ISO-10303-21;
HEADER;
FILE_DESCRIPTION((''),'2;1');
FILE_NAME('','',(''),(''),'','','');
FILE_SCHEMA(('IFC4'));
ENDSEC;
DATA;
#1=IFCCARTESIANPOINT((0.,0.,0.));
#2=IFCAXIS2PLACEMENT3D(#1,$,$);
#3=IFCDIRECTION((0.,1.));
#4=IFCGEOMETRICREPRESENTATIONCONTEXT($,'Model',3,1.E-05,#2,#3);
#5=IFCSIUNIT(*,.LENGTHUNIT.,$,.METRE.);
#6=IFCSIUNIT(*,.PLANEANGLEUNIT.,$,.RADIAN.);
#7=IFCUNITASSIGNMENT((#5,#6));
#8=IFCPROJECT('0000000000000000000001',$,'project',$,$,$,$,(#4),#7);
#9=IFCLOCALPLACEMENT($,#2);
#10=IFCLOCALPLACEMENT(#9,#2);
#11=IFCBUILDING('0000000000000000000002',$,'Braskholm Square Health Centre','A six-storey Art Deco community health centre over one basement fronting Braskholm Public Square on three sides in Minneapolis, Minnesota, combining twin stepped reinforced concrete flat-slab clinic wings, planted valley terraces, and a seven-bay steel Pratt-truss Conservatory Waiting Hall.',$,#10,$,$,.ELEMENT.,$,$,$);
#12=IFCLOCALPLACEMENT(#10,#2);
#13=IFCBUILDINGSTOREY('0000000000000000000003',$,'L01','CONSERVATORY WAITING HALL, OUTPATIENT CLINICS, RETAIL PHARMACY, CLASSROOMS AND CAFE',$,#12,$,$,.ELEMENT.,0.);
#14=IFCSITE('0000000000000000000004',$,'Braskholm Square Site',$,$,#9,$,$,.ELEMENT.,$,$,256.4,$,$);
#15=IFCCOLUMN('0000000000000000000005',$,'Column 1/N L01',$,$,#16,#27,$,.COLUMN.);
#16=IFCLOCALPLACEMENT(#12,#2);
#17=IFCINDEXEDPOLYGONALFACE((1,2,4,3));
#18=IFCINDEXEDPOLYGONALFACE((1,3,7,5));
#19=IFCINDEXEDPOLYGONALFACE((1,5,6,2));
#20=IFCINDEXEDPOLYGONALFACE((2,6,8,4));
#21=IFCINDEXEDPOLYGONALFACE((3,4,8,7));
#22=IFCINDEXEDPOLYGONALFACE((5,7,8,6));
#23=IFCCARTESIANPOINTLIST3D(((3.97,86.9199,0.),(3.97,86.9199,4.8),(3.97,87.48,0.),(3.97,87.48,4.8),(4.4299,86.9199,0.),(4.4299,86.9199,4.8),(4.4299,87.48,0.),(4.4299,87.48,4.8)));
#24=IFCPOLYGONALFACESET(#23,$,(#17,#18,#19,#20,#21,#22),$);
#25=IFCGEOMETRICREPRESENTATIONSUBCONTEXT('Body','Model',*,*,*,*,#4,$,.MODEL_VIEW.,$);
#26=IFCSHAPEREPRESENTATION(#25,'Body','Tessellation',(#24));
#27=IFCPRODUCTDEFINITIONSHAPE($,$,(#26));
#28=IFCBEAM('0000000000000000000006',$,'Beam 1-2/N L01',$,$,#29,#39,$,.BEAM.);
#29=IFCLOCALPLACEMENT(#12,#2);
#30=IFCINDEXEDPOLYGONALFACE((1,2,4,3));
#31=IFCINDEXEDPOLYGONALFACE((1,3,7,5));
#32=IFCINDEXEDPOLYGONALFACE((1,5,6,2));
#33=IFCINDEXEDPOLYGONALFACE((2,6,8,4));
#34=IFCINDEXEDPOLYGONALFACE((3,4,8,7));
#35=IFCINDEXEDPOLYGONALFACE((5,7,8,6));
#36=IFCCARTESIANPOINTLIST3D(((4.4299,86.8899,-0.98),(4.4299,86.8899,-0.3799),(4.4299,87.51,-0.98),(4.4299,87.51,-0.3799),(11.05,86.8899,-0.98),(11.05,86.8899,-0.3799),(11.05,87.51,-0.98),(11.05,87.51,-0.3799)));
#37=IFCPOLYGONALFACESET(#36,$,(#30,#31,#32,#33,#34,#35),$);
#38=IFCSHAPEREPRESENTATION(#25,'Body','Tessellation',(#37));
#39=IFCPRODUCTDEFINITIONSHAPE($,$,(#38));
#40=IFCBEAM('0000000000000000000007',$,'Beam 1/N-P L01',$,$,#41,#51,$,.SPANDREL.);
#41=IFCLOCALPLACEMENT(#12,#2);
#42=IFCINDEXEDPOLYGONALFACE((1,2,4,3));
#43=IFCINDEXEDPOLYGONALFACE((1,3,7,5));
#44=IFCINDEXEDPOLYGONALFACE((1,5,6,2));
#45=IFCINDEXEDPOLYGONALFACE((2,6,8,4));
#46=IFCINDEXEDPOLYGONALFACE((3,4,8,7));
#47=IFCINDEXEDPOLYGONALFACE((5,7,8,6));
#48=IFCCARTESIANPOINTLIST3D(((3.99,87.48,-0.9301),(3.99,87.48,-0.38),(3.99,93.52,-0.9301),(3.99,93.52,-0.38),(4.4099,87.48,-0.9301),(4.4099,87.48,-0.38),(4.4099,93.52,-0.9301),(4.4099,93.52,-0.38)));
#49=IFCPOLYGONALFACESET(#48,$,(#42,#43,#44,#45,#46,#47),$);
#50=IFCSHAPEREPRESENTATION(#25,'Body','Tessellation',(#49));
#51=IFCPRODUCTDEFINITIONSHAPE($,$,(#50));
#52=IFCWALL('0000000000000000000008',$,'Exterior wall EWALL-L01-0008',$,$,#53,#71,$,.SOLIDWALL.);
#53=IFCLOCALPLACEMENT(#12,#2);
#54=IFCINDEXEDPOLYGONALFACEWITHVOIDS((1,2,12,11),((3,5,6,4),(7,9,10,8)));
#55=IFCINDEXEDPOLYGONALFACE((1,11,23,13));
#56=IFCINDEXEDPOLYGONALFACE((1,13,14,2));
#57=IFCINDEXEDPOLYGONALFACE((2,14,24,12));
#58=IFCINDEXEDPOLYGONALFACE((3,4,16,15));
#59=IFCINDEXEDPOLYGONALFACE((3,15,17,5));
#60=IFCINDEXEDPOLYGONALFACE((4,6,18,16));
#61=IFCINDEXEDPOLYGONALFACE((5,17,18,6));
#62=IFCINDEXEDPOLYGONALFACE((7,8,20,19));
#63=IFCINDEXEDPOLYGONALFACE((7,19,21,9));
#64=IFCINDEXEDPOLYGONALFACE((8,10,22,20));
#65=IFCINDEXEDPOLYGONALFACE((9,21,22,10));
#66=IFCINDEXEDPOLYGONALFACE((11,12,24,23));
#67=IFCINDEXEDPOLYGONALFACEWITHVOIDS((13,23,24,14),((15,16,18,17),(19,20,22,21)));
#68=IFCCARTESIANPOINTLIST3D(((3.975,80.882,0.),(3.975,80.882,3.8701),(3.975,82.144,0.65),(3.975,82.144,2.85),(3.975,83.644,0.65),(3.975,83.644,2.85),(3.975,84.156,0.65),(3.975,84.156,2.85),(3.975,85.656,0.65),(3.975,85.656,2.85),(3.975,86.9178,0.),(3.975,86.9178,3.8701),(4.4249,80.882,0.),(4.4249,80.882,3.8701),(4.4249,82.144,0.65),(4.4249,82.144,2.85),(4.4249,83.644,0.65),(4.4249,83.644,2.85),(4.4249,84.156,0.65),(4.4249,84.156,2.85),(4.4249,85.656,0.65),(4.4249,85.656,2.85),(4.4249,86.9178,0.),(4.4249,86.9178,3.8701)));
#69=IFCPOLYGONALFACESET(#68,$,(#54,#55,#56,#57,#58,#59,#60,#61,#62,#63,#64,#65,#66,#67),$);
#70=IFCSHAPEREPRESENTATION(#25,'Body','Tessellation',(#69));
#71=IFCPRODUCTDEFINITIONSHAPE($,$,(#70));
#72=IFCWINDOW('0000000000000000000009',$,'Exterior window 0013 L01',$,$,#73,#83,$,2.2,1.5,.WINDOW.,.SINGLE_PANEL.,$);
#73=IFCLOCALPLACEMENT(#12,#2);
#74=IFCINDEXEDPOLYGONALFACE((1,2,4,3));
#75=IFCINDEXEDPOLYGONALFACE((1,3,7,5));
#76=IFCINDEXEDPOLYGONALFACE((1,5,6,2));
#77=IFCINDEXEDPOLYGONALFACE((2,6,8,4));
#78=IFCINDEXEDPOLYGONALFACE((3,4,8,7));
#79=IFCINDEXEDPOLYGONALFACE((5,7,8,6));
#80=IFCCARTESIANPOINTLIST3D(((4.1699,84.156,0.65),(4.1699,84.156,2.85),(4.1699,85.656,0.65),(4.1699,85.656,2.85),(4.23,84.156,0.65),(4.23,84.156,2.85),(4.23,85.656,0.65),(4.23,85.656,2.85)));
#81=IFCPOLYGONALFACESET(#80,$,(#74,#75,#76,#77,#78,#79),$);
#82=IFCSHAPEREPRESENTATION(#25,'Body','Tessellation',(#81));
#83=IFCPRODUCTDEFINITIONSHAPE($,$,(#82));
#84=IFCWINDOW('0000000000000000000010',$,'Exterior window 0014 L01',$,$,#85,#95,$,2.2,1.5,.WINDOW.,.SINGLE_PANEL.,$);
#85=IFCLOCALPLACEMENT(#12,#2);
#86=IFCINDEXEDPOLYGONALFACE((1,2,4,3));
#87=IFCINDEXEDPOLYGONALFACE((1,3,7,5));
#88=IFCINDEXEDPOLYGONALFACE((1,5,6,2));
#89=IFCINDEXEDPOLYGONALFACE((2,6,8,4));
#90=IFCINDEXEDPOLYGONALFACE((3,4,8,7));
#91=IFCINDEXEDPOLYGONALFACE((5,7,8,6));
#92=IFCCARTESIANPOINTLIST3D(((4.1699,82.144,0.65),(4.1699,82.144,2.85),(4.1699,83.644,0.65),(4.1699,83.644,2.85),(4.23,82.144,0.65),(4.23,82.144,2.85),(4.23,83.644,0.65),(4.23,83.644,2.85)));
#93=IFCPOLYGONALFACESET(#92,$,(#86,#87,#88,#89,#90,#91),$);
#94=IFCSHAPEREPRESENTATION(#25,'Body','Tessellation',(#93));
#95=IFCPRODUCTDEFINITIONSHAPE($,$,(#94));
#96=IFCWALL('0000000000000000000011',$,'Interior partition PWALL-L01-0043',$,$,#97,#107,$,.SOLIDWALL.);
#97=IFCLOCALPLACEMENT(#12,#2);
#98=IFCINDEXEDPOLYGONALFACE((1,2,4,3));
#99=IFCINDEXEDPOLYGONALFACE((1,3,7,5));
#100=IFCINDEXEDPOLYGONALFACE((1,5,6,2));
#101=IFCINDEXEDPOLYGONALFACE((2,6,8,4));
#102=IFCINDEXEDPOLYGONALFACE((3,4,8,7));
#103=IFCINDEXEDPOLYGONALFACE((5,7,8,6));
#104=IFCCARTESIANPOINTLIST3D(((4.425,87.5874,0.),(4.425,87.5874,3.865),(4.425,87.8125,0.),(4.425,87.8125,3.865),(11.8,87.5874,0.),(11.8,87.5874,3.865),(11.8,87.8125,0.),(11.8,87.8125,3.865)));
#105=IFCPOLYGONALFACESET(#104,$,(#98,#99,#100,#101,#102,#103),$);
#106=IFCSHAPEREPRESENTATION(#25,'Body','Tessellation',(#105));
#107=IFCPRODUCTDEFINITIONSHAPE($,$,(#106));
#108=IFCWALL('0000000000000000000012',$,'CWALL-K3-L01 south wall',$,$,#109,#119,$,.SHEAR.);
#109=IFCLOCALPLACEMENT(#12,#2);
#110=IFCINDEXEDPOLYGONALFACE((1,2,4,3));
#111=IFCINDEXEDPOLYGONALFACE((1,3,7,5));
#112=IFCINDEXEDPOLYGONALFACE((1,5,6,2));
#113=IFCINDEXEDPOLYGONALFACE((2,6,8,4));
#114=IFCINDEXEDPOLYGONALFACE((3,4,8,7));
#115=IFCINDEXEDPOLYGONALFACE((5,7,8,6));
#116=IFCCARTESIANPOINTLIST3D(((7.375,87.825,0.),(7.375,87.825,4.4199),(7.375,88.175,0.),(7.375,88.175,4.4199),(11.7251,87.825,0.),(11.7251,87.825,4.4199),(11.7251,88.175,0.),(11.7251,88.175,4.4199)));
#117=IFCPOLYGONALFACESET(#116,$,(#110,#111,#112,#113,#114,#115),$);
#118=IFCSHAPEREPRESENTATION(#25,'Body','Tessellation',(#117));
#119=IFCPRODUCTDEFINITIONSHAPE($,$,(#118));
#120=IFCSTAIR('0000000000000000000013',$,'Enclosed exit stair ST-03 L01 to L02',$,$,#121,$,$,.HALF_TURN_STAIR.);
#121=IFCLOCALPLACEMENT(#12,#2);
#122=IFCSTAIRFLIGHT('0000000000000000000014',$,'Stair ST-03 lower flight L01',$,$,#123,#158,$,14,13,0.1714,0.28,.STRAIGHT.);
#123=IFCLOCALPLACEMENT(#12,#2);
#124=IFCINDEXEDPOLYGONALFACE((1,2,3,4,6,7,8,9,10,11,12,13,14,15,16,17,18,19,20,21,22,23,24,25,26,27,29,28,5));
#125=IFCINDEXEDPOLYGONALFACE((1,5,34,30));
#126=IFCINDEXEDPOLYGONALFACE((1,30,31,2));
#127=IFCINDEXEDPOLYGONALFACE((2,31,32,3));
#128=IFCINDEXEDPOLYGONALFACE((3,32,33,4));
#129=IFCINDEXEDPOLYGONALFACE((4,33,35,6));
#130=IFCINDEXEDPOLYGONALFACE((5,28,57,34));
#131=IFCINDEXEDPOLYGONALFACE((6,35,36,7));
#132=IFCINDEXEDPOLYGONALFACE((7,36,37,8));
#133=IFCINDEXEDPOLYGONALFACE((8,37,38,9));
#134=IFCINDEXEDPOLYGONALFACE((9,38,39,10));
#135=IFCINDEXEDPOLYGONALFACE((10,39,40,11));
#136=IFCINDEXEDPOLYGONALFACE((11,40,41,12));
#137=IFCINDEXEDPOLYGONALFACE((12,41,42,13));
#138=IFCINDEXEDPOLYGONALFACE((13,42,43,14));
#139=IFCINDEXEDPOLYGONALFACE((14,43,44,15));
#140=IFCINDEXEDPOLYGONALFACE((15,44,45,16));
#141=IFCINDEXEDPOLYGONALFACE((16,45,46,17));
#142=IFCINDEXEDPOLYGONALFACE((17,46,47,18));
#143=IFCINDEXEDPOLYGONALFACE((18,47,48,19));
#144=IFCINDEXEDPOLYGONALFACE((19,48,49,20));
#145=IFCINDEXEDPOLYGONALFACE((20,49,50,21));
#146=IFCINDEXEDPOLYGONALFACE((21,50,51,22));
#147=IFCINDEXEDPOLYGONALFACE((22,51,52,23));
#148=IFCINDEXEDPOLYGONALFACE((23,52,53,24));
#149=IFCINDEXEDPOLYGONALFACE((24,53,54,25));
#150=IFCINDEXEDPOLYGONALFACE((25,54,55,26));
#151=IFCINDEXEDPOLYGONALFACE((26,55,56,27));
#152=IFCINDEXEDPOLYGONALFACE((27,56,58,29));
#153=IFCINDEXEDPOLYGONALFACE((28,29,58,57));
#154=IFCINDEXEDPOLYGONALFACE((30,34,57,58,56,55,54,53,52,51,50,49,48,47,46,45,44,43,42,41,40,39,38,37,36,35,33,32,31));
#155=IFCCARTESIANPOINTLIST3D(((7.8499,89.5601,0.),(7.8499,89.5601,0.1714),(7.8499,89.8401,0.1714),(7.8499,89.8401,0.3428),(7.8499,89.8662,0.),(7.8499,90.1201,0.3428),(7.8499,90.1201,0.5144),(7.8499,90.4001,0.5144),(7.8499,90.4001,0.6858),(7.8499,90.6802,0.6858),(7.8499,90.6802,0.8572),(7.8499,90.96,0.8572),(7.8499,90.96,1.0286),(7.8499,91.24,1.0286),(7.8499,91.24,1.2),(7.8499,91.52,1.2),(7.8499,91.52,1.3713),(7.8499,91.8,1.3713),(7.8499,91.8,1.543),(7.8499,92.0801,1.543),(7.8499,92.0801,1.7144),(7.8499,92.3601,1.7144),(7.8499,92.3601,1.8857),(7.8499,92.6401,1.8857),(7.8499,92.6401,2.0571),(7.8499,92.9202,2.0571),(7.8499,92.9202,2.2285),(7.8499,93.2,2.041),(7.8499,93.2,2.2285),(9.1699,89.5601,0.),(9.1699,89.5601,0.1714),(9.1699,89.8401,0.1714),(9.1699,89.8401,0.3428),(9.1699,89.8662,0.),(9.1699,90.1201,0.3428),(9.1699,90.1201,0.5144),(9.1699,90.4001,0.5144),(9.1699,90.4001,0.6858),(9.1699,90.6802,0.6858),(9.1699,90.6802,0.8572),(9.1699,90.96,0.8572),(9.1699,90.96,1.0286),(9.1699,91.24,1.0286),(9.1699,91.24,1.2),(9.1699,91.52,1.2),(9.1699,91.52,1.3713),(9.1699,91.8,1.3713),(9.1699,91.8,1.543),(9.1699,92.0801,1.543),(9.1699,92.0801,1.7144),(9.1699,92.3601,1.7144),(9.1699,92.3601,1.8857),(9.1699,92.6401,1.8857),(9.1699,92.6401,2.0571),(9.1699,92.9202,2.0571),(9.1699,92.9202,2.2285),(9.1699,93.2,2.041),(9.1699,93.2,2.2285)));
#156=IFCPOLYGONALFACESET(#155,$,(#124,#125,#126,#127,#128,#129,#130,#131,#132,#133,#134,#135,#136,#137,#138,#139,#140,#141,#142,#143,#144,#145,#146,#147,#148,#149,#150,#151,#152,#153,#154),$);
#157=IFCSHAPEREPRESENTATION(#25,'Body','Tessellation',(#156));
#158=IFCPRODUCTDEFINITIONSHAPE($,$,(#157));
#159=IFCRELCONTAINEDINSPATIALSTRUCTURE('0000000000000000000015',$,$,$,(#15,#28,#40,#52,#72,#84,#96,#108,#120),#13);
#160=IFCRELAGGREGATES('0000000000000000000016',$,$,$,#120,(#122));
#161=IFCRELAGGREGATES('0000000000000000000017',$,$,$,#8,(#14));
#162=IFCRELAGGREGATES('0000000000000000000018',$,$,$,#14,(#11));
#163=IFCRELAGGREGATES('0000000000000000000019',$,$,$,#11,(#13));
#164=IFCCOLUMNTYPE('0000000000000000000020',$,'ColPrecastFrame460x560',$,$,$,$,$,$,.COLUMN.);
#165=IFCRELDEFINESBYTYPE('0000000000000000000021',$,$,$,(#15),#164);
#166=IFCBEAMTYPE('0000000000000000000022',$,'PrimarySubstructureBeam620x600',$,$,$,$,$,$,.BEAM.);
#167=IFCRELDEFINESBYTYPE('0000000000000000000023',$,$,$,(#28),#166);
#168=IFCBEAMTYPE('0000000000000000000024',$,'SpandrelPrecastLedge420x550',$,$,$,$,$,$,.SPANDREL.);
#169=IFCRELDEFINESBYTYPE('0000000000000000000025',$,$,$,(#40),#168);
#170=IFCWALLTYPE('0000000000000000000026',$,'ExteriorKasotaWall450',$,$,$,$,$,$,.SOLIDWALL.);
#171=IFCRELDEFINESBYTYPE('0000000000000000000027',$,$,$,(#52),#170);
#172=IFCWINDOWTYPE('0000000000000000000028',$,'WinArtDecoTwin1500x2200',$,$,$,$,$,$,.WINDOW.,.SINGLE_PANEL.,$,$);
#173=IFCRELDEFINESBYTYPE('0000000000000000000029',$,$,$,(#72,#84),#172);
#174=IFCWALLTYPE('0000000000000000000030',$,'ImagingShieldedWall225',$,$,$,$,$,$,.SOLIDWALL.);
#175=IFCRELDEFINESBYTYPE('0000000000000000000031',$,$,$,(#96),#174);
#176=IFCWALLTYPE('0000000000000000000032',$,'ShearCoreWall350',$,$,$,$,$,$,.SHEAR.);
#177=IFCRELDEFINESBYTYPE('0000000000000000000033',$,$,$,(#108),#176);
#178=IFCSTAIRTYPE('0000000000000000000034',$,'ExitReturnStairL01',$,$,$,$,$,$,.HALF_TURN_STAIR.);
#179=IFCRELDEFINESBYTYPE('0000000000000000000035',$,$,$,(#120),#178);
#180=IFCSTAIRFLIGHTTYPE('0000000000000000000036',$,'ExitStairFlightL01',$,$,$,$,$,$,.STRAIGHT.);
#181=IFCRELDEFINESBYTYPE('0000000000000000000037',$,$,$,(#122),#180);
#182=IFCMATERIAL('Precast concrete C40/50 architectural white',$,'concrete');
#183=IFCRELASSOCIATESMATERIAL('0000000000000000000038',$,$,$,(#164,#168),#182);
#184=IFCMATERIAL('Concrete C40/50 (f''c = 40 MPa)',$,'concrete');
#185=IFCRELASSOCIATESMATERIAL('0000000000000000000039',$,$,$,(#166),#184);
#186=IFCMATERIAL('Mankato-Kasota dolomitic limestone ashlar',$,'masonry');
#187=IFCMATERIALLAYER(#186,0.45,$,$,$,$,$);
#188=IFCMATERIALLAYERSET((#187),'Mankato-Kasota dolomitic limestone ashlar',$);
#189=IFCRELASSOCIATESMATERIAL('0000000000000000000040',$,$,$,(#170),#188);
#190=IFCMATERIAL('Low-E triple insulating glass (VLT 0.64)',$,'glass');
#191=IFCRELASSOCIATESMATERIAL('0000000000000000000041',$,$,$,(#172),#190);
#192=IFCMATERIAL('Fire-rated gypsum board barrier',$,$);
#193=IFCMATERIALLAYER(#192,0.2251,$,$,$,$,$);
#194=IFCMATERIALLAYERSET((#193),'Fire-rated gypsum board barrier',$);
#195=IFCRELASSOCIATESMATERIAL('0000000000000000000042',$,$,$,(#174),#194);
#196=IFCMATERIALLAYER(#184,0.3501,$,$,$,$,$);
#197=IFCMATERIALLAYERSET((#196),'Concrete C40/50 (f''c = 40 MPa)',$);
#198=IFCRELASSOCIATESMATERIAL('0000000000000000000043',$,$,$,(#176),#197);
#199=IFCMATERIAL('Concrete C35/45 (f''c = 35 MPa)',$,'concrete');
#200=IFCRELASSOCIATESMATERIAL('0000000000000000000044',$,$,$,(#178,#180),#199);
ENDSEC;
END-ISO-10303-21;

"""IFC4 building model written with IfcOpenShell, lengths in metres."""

from ifc_helpers import new_model, si_unit, direction, frame, frame_2d, origin, origin_with_axes, origin_2d, place, context, subcontext, project, spatial, polyline, rectangle, outline, extrude, material, layer, layer_set, material_profile, profile_set, type_object, element, fill, aggregate, save


model = new_model("IFC4")

# Units and contexts
model_context = context("Model", 3, precision=1e-05, world=origin(), true_north=direction((0.0, 1.0)))
body_context = subcontext(model_context, "Body", "Model", "MODEL_VIEW")
ifc_project = project(units=[si_unit("LENGTHUNIT", "METRE"), si_unit("PLANEANGLEUNIT", "RADIAN")], contexts=[model_context])

# Site, building, storey
site_placement = place(None, origin())
site = spatial("IfcSite", under=ifc_project, at=site_placement, Name="Braskholm Square Site", CompositionType="ELEMENT", RefElevation=256.4)
building_placement = place(site_placement, origin())
building = spatial("IfcBuilding", under=site, at=building_placement, Name="Braskholm Square Health Centre", Description="A six-storey Art Deco community health centre over one basement fronting Braskholm Public Square on three sides in Minneapolis, Minnesota, combining twin stepped reinforced concrete flat-slab clinic wings, planted valley terraces, and a seven-bay steel Pratt-truss Conservatory Waiting Hall.", CompositionType="ELEMENT")
storey_placement = place(building_placement, origin())
storey = spatial("IfcBuildingStorey", under=building, at=storey_placement, Name="L01", Description="CONSERVATORY WAITING HALL, OUTPATIENT CLINICS, RETAIL PHARMACY, CLASSROOMS AND CAFE", CompositionType="ELEMENT", Elevation=0.0)

# Column
ifc_material_1 = material(Name="Precast concrete C40/50 architectural white", Category="concrete")
ifc_material_profile_1 = material_profile(ifc_material_1, rectangle(XDim=0.46, YDim=0.5601, at=origin_2d()), Name="RC-460X560")
ifc_profile_set_1 = profile_set([ifc_material_profile_1], Name="Precast concrete C40/50 architectural white")
column_type = type_object("IfcColumnType", Name="ColPrecastFrame460x560", PredefinedType="COLUMN", material=ifc_profile_set_1)
column_placement = place(storey_placement, frame((4.2, 87.2, 0.0), z_axis=(0.0, 0.0, 1.0), x_axis=(1.0, 0.0, 0.0)))
element("IfcColumn", 1, at=column_placement, inside=storey, type_object=column_type, Name="Column 1/N L01", PredefinedType="COLUMN", context=body_context, shape_type="SweptSolid", body=[
    extrude(rectangle(XDim=0.46, YDim=0.5601, at=origin_2d()), origin(), (0.0, 0.0, 1.0), 4.8),
])

# Beams
ifc_material_2 = material(Name="Concrete C40/50 (f'c = 40 MPa)", Category="concrete")
ifc_material_profile_2 = material_profile(ifc_material_2, rectangle(XDim=0.6201, YDim=0.6001, at=origin_2d()), Name="RCB-620X600")
ifc_profile_set_2 = profile_set([ifc_material_profile_2], Name="Concrete C40/50 (f'c = 40 MPa)")
beam_type_1 = type_object("IfcBeamType", Name="PrimarySubstructureBeam620x600", PredefinedType="BEAM", material=ifc_profile_set_2)
beam_1_placement = place(storey_placement, frame((4.4299, 87.2, -0.6799), z_axis=(1.0, 0.0, 0.0), x_axis=(0.0, 1.0, 0.0)))
element("IfcBeam", 2, at=beam_1_placement, inside=storey, type_object=beam_type_1, Name="Beam 1-2/N L01", PredefinedType="BEAM", context=body_context, shape_type="SweptSolid", body=[
    extrude(rectangle(XDim=0.6201, YDim=0.6001, at=origin_2d()), origin(), (0.0, 0.0, 1.0), 6.6201),
])
ifc_material_profile_3 = material_profile(ifc_material_1, rectangle(XDim=0.4199, YDim=0.55, at=origin_2d()), Name="RCB-420X550")
ifc_profile_set_3 = profile_set([ifc_material_profile_3], Name="Precast concrete C40/50 architectural white")
beam_type_2 = type_object("IfcBeamType", Name="SpandrelPrecastLedge420x550", PredefinedType="SPANDREL", material=ifc_profile_set_3)
beam_2_placement = place(storey_placement, frame((4.2, 87.48, -0.655), z_axis=(0.0, 1.0, 0.0), x_axis=(-1.0, 0.0, 0.0)))
element("IfcBeam", 3, at=beam_2_placement, inside=storey, type_object=beam_type_2, Name="Beam 1/N-P L01", PredefinedType="SPANDREL", context=body_context, shape_type="SweptSolid", body=[
    extrude(rectangle(XDim=0.4199, YDim=0.55, at=origin_2d()), origin(), (0.0, 0.0, 1.0), 6.04),
])

# Wall, openings, windows
ifc_material_3 = material(Name="Mankato-Kasota dolomitic limestone ashlar", Category="masonry")
ifc_layer_1 = layer(ifc_material_3, 0.45)
ifc_layer_set_1 = layer_set([ifc_layer_1], Name="Mankato-Kasota dolomitic limestone ashlar")
wall_type_1 = type_object("IfcWallType", Name="ExteriorKasotaWall450", PredefinedType="SOLIDWALL", material=ifc_layer_set_1)
wall_1_placement = place(storey_placement, frame((4.2, 86.918, 0.0), z_axis=(0.0, 0.0, 1.0), x_axis=(0.0, -1.0, 0.0)))
wall_1 = element("IfcWall", 4, at=wall_1_placement, inside=storey, type_object=wall_type_1, Name="Exterior wall EWALL-L01-0008", PredefinedType="SOLIDWALL", context=body_context, shape_type="SweptSolid", body=[
    extrude(rectangle(XDim=6.0359, YDim=0.45, at=frame_2d((3.0181, 0.0))), origin(), (0.0, 0.0, 1.0), 3.8701),
])
opening_1_placement = place(wall_1_placement, frame((1.262, 0.0, 0.6499)))
opening_1 = element("IfcOpeningElement", 5, at=opening_1_placement, cuts=wall_1, PredefinedType="OPENING", context=body_context, shape_type="SweptSolid", body=[
    extrude(rectangle(XDim=1.5, YDim=2.2, at=frame_2d((0.75, 1.1001))), frame((0.0, 0.2349, 0.0), z_axis=(0.0, -1.0, 0.0), x_axis=(1.0, 0.0, 0.0)), (0.0, 0.0, 1.0), 0.47),
])
opening_2_placement = place(wall_1_placement, frame((3.2739, 0.0, 0.6499)))
opening_2 = element("IfcOpeningElement", 6, at=opening_2_placement, cuts=wall_1, PredefinedType="OPENING", context=body_context, shape_type="SweptSolid", body=[
    extrude(rectangle(XDim=1.5, YDim=2.2, at=frame_2d((0.75, 1.1001))), frame((0.0, 0.2349, 0.0), z_axis=(0.0, -1.0, 0.0), x_axis=(1.0, 0.0, 0.0)), (0.0, 0.0, 1.0), 0.47),
])
ifc_material_4 = material(Name="Low-E triple insulating glass (VLT 0.64)", Category="glass")
window_type = type_object("IfcWindowType", Name="WinArtDecoTwin1500x2200", PartitioningType="SINGLE_PANEL", PredefinedType="WINDOW", material=ifc_material_4)
window_1_placement = place(opening_1_placement, origin_with_axes())
window_1 = element("IfcWindow", 7, at=window_1_placement, inside=storey, type_object=window_type, Name="Exterior window 0013 L01", OverallHeight=2.2, OverallWidth=1.5, PartitioningType="SINGLE_PANEL", PredefinedType="WINDOW", context=body_context, shape_type="SweptSolid", body=[
    extrude(rectangle(XDim=1.5, YDim=2.2, at=frame_2d((0.75, 1.1001))), frame((0.0, 0.03, 0.0), z_axis=(0.0, -1.0, 0.0), x_axis=(1.0, 0.0, 0.0)), (0.0, 0.0, 1.0), 0.0601),
])
fill(opening_1, window_1)
window_2_placement = place(opening_2_placement, origin_with_axes())
window_2 = element("IfcWindow", 8, at=window_2_placement, inside=storey, type_object=window_type, Name="Exterior window 0014 L01", OverallHeight=2.2, OverallWidth=1.5, PartitioningType="SINGLE_PANEL", PredefinedType="WINDOW", context=body_context, shape_type="SweptSolid", body=[
    extrude(rectangle(XDim=1.5, YDim=2.2, at=frame_2d((0.75, 1.1001))), frame((0.0, 0.03, 0.0), z_axis=(0.0, -1.0, 0.0), x_axis=(1.0, 0.0, 0.0)), (0.0, 0.0, 1.0), 0.0601),
])
fill(opening_2, window_2)

# Walls
ifc_material_5 = material(Name="Concrete C35/45 (f'c = 35 MPa)", Category="concrete")
ifc_material_6 = material(Name="Fire-rated gypsum board barrier")
ifc_layer_2 = layer(ifc_material_6, 0.2251)
ifc_layer_set_2 = layer_set([ifc_layer_2], Name="Fire-rated gypsum board barrier")
wall_type_2 = type_object("IfcWallType", Name="ImagingShieldedWall225", PredefinedType="SOLIDWALL", material=ifc_layer_set_2)
wall_2_placement = place(storey_placement, frame((4.425, 87.7, 0.0), z_axis=(0.0, 0.0, 1.0), x_axis=(1.0, 0.0, 0.0)))
element("IfcWall", 9, at=wall_2_placement, inside=storey, type_object=wall_type_2, Name="Interior partition PWALL-L01-0043", PredefinedType="SOLIDWALL", context=body_context, shape_type="SweptSolid", body=[
    extrude(rectangle(XDim=7.375, YDim=0.2251, at=frame_2d((3.6875, 0.0))), origin(), (0.0, 0.0, 1.0), 3.865),
])
ifc_layer_3 = layer(ifc_material_2, 0.3501)
ifc_layer_set_3 = layer_set([ifc_layer_3], Name="Concrete C40/50 (f'c = 40 MPa)")
wall_type_3 = type_object("IfcWallType", Name="ShearCoreWall350", PredefinedType="SHEAR", material=ifc_layer_set_3)
wall_3_placement = place(storey_placement, frame((7.375, 88.0, 0.0), z_axis=(0.0, 0.0, 1.0), x_axis=(1.0, 0.0, 0.0)))
element("IfcWall", 10, at=wall_3_placement, inside=storey, type_object=wall_type_3, Name="CWALL-K3-L01 south wall", PredefinedType="SHEAR", context=body_context, shape_type="SweptSolid", body=[
    extrude(rectangle(XDim=4.3501, YDim=0.3501, at=frame_2d((2.175, 0.0))), origin(), (0.0, 0.0, 1.0), 4.4199),
])

# Stair, stair flight
stair_type = type_object("IfcStairType", Name="ExitReturnStairL01", PredefinedType="HALF_TURN_STAIR", material=ifc_material_5)
stair_placement = place(storey_placement, origin())
stair = element("IfcStair", 11, at=stair_placement, inside=storey, type_object=stair_type, Name="Enclosed exit stair ST-03 L01 to L02", PredefinedType="HALF_TURN_STAIR")
stair_flight_type = type_object("IfcStairFlightType", Name="ExitStairFlightL01", PredefinedType="STRAIGHT", material=ifc_material_5)
stair_flight_placement = place(storey_placement, frame((8.51, 89.5601, 0.0), z_axis=(0.0, 0.0, 1.0), x_axis=(0.0, 1.0, 0.0)))
stair_flight = element("IfcStairFlight", 12, at=stair_flight_placement, type_object=stair_flight_type, Name="Stair ST-03 lower flight L01", NumberOfRisers=14, NumberOfTreads=13, PredefinedType="STRAIGHT", RiserHeight=0.1714, TreadLength=0.28, context=body_context, shape_type="SweptSolid", body=[
    extrude(outline(polyline([(0.0, 0.0), (0.0, 0.1714), (0.28, 0.1714), (0.28, 0.3428), (0.5601, 0.3428), (0.5601, 0.5144), (0.8401, 0.5144), (0.8401, 0.6858), (1.1201, 0.6858), (1.1201, 0.8572), (1.3999, 0.8572), (1.3999, 1.0286), (1.6799, 1.0286), (1.6799, 1.2), (1.96, 1.2), (1.96, 1.3713), (2.24, 1.3713), (2.24, 1.543), (2.52, 1.543), (2.52, 1.7144), (2.8, 1.7144), (2.8, 1.8857), (3.0801, 1.8857), (3.0801, 2.0571), (3.3601, 2.0571), (3.3601, 2.2285), (3.6399, 2.2285), (3.6399, 2.3999), (3.6399, 2.041), (0.3062, 0.0), (0.0, 0.0)])), frame((0.0, 0.6602, 0.0), z_axis=(0.0, -1.0, 0.0), x_axis=(1.0, 0.0, 0.0)), (0.0, 0.0, 1.0), 1.3201),
])
aggregate(stair, [stair_flight])

save(model, "model.ifc")
